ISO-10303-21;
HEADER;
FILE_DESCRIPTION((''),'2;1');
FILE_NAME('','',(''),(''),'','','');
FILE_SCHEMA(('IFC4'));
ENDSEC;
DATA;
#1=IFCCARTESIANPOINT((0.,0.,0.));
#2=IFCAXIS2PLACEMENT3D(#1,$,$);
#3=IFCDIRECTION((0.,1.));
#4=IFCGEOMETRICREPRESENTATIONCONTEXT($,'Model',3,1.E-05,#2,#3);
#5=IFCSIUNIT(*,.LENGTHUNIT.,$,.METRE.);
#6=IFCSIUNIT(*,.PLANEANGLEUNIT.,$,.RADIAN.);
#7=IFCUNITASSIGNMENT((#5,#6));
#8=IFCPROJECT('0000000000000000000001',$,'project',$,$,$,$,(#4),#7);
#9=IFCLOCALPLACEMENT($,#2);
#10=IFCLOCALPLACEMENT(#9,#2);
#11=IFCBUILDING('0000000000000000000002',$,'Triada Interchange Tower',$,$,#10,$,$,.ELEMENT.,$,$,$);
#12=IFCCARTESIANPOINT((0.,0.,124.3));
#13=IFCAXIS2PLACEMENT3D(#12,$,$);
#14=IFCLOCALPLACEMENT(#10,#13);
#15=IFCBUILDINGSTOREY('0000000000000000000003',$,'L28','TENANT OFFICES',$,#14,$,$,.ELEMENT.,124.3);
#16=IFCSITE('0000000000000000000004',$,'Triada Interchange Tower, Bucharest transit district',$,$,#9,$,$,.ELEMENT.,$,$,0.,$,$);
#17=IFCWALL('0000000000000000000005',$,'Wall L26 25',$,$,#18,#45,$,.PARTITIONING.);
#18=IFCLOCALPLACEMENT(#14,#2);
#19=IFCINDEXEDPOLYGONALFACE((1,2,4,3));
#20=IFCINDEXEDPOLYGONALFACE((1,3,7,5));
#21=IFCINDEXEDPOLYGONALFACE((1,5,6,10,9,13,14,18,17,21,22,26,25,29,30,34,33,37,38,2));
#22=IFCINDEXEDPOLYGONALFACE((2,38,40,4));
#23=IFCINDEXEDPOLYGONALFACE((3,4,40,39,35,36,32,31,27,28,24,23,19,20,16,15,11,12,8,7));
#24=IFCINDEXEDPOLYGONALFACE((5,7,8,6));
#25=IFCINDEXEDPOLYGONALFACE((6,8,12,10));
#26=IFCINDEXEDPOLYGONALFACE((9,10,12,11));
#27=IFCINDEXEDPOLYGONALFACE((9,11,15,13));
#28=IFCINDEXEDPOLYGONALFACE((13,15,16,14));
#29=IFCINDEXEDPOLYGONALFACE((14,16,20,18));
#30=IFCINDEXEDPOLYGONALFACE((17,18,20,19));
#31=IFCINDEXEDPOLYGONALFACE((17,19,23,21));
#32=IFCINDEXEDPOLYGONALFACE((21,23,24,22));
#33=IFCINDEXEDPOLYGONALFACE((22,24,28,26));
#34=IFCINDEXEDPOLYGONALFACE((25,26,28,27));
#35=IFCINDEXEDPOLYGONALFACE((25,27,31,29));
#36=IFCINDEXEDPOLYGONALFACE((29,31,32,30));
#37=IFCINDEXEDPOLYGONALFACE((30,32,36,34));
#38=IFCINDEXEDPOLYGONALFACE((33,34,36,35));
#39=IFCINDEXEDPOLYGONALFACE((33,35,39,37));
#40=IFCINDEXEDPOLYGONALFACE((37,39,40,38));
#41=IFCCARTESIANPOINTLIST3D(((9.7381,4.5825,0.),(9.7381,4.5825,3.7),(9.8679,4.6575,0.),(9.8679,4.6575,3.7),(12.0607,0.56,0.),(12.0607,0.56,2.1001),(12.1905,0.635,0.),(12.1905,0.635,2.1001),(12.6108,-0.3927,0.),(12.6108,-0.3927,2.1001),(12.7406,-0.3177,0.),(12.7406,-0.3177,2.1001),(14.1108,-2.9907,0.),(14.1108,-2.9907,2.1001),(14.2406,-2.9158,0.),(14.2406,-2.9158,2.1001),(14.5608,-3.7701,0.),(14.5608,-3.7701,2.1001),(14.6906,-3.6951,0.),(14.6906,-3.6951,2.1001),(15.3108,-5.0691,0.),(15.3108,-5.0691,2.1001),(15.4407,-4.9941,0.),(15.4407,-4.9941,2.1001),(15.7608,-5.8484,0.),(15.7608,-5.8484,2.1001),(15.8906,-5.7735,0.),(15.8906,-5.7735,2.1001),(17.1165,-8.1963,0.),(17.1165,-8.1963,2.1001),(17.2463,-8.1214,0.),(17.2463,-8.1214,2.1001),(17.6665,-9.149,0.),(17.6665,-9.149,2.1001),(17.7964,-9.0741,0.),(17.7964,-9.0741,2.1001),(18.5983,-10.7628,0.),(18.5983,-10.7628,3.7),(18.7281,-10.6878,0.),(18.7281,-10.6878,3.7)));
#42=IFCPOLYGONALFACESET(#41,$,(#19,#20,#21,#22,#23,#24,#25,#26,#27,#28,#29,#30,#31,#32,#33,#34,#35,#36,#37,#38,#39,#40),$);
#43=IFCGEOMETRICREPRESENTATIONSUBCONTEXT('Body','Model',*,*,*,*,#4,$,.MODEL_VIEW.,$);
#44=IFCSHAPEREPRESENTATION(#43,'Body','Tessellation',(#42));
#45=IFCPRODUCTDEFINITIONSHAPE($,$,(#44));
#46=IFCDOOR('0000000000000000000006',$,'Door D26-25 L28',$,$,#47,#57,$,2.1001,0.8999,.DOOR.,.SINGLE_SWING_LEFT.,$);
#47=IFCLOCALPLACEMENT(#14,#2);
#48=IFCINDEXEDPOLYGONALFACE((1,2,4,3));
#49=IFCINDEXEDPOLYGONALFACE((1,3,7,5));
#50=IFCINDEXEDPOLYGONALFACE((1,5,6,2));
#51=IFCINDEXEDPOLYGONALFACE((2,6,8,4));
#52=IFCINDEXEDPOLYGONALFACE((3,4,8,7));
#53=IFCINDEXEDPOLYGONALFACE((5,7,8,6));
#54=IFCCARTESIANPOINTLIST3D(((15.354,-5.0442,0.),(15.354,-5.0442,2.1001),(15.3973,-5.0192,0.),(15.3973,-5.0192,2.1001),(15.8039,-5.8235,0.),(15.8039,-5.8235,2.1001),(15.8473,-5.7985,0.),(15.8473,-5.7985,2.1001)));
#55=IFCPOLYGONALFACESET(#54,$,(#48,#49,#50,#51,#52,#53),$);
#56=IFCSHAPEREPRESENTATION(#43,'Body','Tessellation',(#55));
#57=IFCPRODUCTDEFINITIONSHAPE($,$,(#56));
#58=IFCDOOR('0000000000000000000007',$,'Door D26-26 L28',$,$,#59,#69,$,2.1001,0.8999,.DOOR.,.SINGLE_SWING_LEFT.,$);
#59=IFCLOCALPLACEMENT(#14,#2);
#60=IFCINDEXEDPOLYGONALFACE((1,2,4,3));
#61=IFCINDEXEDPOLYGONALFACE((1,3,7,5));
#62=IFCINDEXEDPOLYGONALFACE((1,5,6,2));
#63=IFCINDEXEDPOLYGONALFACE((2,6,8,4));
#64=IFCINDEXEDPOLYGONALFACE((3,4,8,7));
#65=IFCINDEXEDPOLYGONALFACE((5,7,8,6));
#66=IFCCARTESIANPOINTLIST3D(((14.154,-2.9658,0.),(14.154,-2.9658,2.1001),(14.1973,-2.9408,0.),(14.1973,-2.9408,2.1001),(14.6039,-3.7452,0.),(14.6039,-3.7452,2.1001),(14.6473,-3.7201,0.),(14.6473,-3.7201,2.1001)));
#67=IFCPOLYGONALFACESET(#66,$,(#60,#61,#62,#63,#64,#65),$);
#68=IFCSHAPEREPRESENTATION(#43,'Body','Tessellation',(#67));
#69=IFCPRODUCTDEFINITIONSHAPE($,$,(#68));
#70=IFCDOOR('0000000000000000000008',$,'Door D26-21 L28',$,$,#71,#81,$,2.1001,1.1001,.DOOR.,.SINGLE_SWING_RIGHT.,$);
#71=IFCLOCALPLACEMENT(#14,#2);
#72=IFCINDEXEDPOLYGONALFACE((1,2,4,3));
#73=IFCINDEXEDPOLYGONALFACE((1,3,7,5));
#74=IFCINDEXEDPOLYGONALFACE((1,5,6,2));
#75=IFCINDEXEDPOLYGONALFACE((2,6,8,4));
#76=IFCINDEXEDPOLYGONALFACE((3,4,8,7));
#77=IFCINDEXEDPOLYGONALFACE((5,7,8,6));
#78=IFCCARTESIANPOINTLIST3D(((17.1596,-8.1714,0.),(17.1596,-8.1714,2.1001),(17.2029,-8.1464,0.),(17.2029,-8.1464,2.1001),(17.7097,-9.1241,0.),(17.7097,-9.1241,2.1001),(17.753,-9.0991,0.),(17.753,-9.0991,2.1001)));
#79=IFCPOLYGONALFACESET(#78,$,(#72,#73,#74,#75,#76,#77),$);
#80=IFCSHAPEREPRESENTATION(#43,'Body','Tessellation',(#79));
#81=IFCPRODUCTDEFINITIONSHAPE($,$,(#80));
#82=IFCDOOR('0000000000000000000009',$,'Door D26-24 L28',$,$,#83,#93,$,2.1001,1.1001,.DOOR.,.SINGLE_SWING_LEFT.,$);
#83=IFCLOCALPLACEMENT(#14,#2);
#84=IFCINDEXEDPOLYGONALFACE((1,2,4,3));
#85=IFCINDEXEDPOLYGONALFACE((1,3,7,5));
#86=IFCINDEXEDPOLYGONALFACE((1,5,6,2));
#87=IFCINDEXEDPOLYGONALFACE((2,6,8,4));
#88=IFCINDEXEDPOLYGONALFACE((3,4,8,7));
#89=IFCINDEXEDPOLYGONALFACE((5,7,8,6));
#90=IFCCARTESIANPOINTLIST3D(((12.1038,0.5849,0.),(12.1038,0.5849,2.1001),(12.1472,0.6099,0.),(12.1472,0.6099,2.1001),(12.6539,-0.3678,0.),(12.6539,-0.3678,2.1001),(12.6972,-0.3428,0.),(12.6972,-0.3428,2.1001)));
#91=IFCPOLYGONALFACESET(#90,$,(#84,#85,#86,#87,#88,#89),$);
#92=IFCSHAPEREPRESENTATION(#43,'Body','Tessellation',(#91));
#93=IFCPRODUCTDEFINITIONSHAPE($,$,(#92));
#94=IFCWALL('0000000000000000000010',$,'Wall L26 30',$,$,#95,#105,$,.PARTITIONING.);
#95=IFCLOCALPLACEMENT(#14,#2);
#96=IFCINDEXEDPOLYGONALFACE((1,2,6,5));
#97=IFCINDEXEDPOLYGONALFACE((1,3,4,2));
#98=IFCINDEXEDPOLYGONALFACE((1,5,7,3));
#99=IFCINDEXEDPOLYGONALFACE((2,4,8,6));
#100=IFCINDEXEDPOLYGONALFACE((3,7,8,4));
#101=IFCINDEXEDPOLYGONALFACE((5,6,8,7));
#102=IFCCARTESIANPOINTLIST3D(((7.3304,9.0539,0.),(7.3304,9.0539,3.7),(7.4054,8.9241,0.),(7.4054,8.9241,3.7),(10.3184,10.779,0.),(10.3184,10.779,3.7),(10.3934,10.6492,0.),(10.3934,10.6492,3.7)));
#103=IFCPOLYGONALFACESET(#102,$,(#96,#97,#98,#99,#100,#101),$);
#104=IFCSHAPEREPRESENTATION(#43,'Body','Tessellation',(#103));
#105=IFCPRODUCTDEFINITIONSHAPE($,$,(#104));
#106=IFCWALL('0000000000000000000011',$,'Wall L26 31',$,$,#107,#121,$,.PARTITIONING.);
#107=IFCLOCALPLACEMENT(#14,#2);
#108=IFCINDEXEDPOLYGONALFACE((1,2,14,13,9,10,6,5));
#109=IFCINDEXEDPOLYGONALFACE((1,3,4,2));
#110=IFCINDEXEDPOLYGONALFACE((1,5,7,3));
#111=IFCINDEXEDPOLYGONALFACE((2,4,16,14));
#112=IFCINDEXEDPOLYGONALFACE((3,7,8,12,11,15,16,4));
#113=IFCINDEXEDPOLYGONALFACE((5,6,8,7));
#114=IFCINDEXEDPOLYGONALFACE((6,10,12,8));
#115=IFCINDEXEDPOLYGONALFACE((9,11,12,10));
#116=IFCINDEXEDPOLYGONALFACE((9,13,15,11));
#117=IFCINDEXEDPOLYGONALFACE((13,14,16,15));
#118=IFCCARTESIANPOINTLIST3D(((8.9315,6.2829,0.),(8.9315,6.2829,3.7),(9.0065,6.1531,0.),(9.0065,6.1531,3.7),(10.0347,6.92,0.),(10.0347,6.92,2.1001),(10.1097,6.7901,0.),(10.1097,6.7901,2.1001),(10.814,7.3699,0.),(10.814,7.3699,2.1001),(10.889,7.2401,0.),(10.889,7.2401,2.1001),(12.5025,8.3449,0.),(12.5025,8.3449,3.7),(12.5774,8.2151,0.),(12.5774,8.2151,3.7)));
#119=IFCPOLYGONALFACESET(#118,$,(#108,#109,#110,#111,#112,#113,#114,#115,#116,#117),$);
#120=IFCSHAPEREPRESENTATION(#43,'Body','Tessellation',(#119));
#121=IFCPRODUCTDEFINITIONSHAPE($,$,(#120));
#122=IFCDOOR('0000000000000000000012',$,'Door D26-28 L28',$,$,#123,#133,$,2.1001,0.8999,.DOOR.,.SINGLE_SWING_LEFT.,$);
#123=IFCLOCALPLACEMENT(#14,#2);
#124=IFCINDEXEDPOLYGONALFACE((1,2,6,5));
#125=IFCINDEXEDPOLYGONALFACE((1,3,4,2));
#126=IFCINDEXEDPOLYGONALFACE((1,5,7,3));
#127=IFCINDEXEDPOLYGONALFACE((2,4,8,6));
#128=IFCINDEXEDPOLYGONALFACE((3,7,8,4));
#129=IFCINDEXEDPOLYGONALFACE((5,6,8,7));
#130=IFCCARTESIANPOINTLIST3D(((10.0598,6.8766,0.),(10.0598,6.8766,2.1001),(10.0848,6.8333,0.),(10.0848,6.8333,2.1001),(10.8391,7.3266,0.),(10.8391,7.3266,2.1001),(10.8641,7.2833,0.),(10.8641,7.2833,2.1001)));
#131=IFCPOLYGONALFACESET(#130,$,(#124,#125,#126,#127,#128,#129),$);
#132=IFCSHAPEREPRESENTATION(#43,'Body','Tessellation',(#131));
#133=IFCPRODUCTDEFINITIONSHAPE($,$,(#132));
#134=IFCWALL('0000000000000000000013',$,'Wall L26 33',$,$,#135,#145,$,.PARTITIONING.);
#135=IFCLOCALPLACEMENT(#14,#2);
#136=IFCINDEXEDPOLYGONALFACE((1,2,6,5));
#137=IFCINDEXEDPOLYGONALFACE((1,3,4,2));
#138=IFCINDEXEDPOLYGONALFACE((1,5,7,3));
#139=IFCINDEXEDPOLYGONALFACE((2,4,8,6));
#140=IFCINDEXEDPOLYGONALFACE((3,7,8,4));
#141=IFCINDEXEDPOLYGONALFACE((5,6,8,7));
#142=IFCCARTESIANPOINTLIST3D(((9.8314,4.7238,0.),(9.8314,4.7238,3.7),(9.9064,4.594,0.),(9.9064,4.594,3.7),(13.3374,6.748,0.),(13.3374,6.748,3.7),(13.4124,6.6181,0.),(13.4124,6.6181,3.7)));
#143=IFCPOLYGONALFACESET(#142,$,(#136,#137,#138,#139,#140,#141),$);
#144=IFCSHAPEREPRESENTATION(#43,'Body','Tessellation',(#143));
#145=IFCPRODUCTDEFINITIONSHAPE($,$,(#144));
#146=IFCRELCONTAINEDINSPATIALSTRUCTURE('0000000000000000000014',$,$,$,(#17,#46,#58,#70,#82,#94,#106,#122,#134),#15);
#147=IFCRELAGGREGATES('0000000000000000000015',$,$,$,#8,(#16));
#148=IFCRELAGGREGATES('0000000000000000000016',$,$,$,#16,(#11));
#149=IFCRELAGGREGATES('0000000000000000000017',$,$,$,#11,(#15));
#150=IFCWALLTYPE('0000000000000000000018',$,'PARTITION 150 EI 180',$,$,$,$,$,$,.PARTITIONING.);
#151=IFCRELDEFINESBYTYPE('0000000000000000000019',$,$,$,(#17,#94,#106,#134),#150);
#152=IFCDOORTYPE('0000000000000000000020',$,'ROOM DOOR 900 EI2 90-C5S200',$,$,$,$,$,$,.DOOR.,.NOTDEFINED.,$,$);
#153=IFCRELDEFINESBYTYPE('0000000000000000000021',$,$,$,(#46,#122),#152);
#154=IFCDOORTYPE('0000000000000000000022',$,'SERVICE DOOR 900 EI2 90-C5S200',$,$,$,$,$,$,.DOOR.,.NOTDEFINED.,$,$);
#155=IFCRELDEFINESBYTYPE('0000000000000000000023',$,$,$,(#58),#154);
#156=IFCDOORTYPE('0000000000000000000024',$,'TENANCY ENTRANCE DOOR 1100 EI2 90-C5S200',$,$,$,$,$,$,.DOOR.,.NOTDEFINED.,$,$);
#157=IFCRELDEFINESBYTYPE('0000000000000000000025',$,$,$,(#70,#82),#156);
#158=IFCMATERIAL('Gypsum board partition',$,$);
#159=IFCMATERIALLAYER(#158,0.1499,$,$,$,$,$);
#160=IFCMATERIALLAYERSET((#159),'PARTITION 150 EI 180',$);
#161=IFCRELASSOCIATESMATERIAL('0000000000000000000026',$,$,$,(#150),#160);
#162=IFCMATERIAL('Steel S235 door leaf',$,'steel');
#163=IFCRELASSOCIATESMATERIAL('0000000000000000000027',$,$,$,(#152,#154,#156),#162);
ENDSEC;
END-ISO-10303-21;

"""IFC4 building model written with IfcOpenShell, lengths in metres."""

from ifc_helpers import new_model, si_unit, direction, frame, frame_2d, origin, place, context, subcontext, project, spatial, rectangle, extrude, material, layer, layer_set, type_object, element, fill, save


model = new_model("IFC4")

# Units and contexts
model_context = context("Model", 3, precision=1e-05, world=origin(), true_north=direction((0.0, 1.0)))
body_context = subcontext(model_context, "Body", "Model", "MODEL_VIEW")
ifc_project = project(units=[si_unit("LENGTHUNIT", "METRE"), si_unit("PLANEANGLEUNIT", "RADIAN")], contexts=[model_context])

# Site, building, storey
site_placement = place(None, origin())
site = spatial("IfcSite", under=ifc_project, at=site_placement, Name="Triada Interchange Tower, Bucharest transit district", CompositionType="ELEMENT", RefElevation=0.0)
building_placement = place(site_placement, origin())
building = spatial("IfcBuilding", under=site, at=building_placement, Name="Triada Interchange Tower", CompositionType="ELEMENT")
storey_placement = place(building_placement, frame((0.0, 0.0, 124.3)))
storey = spatial("IfcBuildingStorey", under=building, at=storey_placement, Name="L28", Description="TENANT OFFICES", CompositionType="ELEMENT", Elevation=124.3)

# Shared definitions
ifc_material_1 = material(Name="Steel S235 door leaf", Category="steel")

# Wall, openings, doors
ifc_material_2 = material(Name="Gypsum board partition")
ifc_layer_1 = layer(ifc_material_2, 0.1499)
ifc_layer_set_1 = layer_set([ifc_layer_1], Name="PARTITION 150 EI 180")
wall_type_1 = type_object("IfcWallType", Name="PARTITION 150 EI 180", PredefinedType="PARTITIONING", material=ifc_layer_set_1)
wall_1_placement = place(storey_placement, frame((9.803, 4.6201, 0.0), z_axis=(0.0, 0.0, 1.0), x_axis=(0.500023, -0.866012, 0.0)))
wall_1 = element("IfcWall", 1, at=wall_1_placement, inside=storey, type_object=wall_type_1, Name="Wall L26 25", PredefinedType="PARTITIONING", context=body_context, shape_type="SweptSolid", body=[
    extrude(rectangle(XDim=17.7195, YDim=0.1499, at=frame_2d((8.8599, 0.0))), origin(), (0.0, 0.0, 1.0), 3.7),
])
opening_1_placement = place(wall_1_placement, frame((14.7561, 0.0, 0.0)))
opening_1 = element("IfcOpeningElement", 2, at=opening_1_placement, cuts=wall_1, PredefinedType="OPENING", context=body_context, shape_type="SweptSolid", body=[
    extrude(rectangle(XDim=1.1001, YDim=2.1001, at=frame_2d((0.55, 1.05))), frame((0.0, 0.085, 0.0), z_axis=(0.0, -1.0, 0.0), x_axis=(1.0, 0.0, 0.0)), (0.0, 0.0, 1.0), 0.1699),
])
opening_2_placement = place(wall_1_placement, frame((4.645, 0.0, 0.0)))
opening_2 = element("IfcOpeningElement", 3, at=opening_2_placement, cuts=wall_1, PredefinedType="OPENING", context=body_context, shape_type="SweptSolid", body=[
    extrude(rectangle(XDim=1.1001, YDim=2.1001, at=frame_2d((0.55, 1.05))), frame((0.0, 0.085, 0.0), z_axis=(0.0, -1.0, 0.0), x_axis=(1.0, 0.0, 0.0)), (0.0, 0.0, 1.0), 0.1699),
])
opening_3_placement = place(wall_1_placement, frame((11.145, 0.0, 0.0)))
opening_3 = element("IfcOpeningElement", 4, at=opening_3_placement, cuts=wall_1, PredefinedType="OPENING", context=body_context, shape_type="SweptSolid", body=[
    extrude(rectangle(XDim=0.8999, YDim=2.1001, at=frame_2d((0.45, 1.05))), frame((0.0, 0.085, 0.0), z_axis=(0.0, -1.0, 0.0), x_axis=(1.0, 0.0, 0.0)), (0.0, 0.0, 1.0), 0.1699),
])
opening_4_placement = place(wall_1_placement, frame((8.7451, 0.0, 0.0)))
opening_4 = element("IfcOpeningElement", 5, at=opening_4_placement, cuts=wall_1, PredefinedType="OPENING", context=body_context, shape_type="SweptSolid", body=[
    extrude(rectangle(XDim=0.8999, YDim=2.1001, at=frame_2d((0.45, 1.05))), frame((0.0, 0.085, 0.0), z_axis=(0.0, -1.0, 0.0), x_axis=(1.0, 0.0, 0.0)), (0.0, 0.0, 1.0), 0.1699),
])
door_type_1 = type_object("IfcDoorType", Name="ROOM DOOR 900 EI2 90-C5S200", OperationType="NOTDEFINED", PredefinedType="DOOR", material=ifc_material_1)
door_1_placement = place(opening_3_placement, origin())
door_1 = element("IfcDoor", 6, at=door_1_placement, inside=storey, type_object=door_type_1, Name="Door D26-25 L28", OperationType="SINGLE_SWING_LEFT", OverallHeight=2.1001, OverallWidth=0.8999, PredefinedType="DOOR", context=body_context, shape_type="SweptSolid", body=[
    extrude(rectangle(XDim=0.8999, YDim=2.1001, at=frame_2d((0.45, 1.05))), frame((0.0, 0.0249, 0.0), z_axis=(0.0, -1.0, 0.0), x_axis=(1.0, 0.0, 0.0)), (0.0, 0.0, 1.0), 0.05),
])
fill(opening_3, door_1)
door_type_2 = type_object("IfcDoorType", Name="SERVICE DOOR 900 EI2 90-C5S200", OperationType="NOTDEFINED", PredefinedType="DOOR", material=ifc_material_1)
door_2_placement = place(opening_4_placement, origin())
door_2 = element("IfcDoor", 7, at=door_2_placement, inside=storey, type_object=door_type_2, Name="Door D26-26 L28", OperationType="SINGLE_SWING_LEFT", OverallHeight=2.1001, OverallWidth=0.8999, PredefinedType="DOOR", context=body_context, shape_type="SweptSolid", body=[
    extrude(rectangle(XDim=0.8999, YDim=2.1001, at=frame_2d((0.45, 1.05))), frame((0.0, 0.0249, 0.0), z_axis=(0.0, -1.0, 0.0), x_axis=(1.0, 0.0, 0.0)), (0.0, 0.0, 1.0), 0.05),
])
fill(opening_4, door_2)
door_type_3 = type_object("IfcDoorType", Name="TENANCY ENTRANCE DOOR 1100 EI2 90-C5S200", OperationType="NOTDEFINED", PredefinedType="DOOR", material=ifc_material_1)
door_3_placement = place(opening_1_placement, origin())
door_3 = element("IfcDoor", 8, at=door_3_placement, inside=storey, type_object=door_type_3, Name="Door D26-21 L28", OperationType="SINGLE_SWING_RIGHT", OverallHeight=2.1001, OverallWidth=1.1001, PredefinedType="DOOR", context=body_context, shape_type="SweptSolid", body=[
    extrude(rectangle(XDim=1.1001, YDim=2.1001, at=frame_2d((0.55, 1.05))), frame((0.0, 0.0249, 0.0), z_axis=(0.0, -1.0, 0.0), x_axis=(1.0, 0.0, 0.0)), (0.0, 0.0, 1.0), 0.05),
])
fill(opening_1, door_3)
door_4_placement = place(opening_2_placement, origin())
door_4 = element("IfcDoor", 9, at=door_4_placement, inside=storey, type_object=door_type_3, Name="Door D26-24 L28", OperationType="SINGLE_SWING_LEFT", OverallHeight=2.1001, OverallWidth=1.1001, PredefinedType="DOOR", context=body_context, shape_type="SweptSolid", body=[
    extrude(rectangle(XDim=1.1001, YDim=2.1001, at=frame_2d((0.55, 1.05))), frame((0.0, 0.0249, 0.0), z_axis=(0.0, -1.0, 0.0), x_axis=(1.0, 0.0, 0.0)), (0.0, 0.0, 1.0), 0.05),
])
fill(opening_2, door_4)

# Wall
wall_2_placement = place(storey_placement, frame((7.3679, 8.989, 0.0), z_axis=(0.0, 0.0, 1.0), x_axis=(0.866031, 0.49999, 0.0)))
element("IfcWall", 10, at=wall_2_placement, inside=storey, type_object=wall_type_1, Name="Wall L26 30", PredefinedType="PARTITIONING", context=body_context, shape_type="SweptSolid", body=[
    extrude(rectangle(XDim=3.4502, YDim=0.1499, at=frame_2d((1.7251, 0.0))), origin(), (0.0, 0.0, 1.0), 3.7),
])

# Wall, opening, door
wall_3_placement = place(storey_placement, frame((8.969, 6.218, 0.0), z_axis=(0.0, 0.0, 1.0), x_axis=(0.865997, 0.500049, 0.0)))
wall_3 = element("IfcWall", 11, at=wall_3_placement, inside=storey, type_object=wall_type_1, Name="Wall L26 31", PredefinedType="PARTITIONING", context=body_context, shape_type="SweptSolid", body=[
    extrude(rectangle(XDim=4.1235, YDim=0.1499, at=frame_2d((2.0618, 0.0))), origin(), (0.0, 0.0, 1.0), 3.7),
])
opening_5_placement = place(wall_3_placement, frame((1.2739, 0.0, 0.0)))
opening_5 = element("IfcOpeningElement", 12, at=opening_5_placement, cuts=wall_3, PredefinedType="OPENING", context=body_context, shape_type="SweptSolid", body=[
    extrude(rectangle(XDim=0.8999, YDim=2.1001, at=frame_2d((0.45, 1.05))), frame((0.0, 0.085, 0.0), z_axis=(0.0, -1.0, 0.0), x_axis=(1.0, 0.0, 0.0)), (0.0, 0.0, 1.0), 0.1699),
])
door_5_placement = place(opening_5_placement, origin())
door_5 = element("IfcDoor", 13, at=door_5_placement, inside=storey, type_object=door_type_1, Name="Door D26-28 L28", OperationType="SINGLE_SWING_LEFT", OverallHeight=2.1001, OverallWidth=0.8999, PredefinedType="DOOR", context=body_context, shape_type="SweptSolid", body=[
    extrude(rectangle(XDim=0.8999, YDim=2.1001, at=frame_2d((0.45, 1.05))), frame((0.0, 0.0249, 0.0), z_axis=(0.0, -1.0, 0.0), x_axis=(1.0, 0.0, 0.0)), (0.0, 0.0, 1.0), 0.05),
])
fill(opening_5, door_5)

# Wall
wall_4_placement = place(storey_placement, frame((9.8689, 4.6589, 0.0), z_axis=(0.0, 0.0, 1.0), x_axis=(0.866034, 0.499985, 0.0)))
element("IfcWall", 14, at=wall_4_placement, inside=storey, type_object=wall_type_1, Name="Wall L26 33", PredefinedType="PARTITIONING", context=body_context, shape_type="SweptSolid", body=[
    extrude(rectangle(XDim=4.0483, YDim=0.1499, at=frame_2d((2.0242, 0.0))), origin(), (0.0, 0.0, 1.0), 3.7),
])

save(model, "model.ifc")
